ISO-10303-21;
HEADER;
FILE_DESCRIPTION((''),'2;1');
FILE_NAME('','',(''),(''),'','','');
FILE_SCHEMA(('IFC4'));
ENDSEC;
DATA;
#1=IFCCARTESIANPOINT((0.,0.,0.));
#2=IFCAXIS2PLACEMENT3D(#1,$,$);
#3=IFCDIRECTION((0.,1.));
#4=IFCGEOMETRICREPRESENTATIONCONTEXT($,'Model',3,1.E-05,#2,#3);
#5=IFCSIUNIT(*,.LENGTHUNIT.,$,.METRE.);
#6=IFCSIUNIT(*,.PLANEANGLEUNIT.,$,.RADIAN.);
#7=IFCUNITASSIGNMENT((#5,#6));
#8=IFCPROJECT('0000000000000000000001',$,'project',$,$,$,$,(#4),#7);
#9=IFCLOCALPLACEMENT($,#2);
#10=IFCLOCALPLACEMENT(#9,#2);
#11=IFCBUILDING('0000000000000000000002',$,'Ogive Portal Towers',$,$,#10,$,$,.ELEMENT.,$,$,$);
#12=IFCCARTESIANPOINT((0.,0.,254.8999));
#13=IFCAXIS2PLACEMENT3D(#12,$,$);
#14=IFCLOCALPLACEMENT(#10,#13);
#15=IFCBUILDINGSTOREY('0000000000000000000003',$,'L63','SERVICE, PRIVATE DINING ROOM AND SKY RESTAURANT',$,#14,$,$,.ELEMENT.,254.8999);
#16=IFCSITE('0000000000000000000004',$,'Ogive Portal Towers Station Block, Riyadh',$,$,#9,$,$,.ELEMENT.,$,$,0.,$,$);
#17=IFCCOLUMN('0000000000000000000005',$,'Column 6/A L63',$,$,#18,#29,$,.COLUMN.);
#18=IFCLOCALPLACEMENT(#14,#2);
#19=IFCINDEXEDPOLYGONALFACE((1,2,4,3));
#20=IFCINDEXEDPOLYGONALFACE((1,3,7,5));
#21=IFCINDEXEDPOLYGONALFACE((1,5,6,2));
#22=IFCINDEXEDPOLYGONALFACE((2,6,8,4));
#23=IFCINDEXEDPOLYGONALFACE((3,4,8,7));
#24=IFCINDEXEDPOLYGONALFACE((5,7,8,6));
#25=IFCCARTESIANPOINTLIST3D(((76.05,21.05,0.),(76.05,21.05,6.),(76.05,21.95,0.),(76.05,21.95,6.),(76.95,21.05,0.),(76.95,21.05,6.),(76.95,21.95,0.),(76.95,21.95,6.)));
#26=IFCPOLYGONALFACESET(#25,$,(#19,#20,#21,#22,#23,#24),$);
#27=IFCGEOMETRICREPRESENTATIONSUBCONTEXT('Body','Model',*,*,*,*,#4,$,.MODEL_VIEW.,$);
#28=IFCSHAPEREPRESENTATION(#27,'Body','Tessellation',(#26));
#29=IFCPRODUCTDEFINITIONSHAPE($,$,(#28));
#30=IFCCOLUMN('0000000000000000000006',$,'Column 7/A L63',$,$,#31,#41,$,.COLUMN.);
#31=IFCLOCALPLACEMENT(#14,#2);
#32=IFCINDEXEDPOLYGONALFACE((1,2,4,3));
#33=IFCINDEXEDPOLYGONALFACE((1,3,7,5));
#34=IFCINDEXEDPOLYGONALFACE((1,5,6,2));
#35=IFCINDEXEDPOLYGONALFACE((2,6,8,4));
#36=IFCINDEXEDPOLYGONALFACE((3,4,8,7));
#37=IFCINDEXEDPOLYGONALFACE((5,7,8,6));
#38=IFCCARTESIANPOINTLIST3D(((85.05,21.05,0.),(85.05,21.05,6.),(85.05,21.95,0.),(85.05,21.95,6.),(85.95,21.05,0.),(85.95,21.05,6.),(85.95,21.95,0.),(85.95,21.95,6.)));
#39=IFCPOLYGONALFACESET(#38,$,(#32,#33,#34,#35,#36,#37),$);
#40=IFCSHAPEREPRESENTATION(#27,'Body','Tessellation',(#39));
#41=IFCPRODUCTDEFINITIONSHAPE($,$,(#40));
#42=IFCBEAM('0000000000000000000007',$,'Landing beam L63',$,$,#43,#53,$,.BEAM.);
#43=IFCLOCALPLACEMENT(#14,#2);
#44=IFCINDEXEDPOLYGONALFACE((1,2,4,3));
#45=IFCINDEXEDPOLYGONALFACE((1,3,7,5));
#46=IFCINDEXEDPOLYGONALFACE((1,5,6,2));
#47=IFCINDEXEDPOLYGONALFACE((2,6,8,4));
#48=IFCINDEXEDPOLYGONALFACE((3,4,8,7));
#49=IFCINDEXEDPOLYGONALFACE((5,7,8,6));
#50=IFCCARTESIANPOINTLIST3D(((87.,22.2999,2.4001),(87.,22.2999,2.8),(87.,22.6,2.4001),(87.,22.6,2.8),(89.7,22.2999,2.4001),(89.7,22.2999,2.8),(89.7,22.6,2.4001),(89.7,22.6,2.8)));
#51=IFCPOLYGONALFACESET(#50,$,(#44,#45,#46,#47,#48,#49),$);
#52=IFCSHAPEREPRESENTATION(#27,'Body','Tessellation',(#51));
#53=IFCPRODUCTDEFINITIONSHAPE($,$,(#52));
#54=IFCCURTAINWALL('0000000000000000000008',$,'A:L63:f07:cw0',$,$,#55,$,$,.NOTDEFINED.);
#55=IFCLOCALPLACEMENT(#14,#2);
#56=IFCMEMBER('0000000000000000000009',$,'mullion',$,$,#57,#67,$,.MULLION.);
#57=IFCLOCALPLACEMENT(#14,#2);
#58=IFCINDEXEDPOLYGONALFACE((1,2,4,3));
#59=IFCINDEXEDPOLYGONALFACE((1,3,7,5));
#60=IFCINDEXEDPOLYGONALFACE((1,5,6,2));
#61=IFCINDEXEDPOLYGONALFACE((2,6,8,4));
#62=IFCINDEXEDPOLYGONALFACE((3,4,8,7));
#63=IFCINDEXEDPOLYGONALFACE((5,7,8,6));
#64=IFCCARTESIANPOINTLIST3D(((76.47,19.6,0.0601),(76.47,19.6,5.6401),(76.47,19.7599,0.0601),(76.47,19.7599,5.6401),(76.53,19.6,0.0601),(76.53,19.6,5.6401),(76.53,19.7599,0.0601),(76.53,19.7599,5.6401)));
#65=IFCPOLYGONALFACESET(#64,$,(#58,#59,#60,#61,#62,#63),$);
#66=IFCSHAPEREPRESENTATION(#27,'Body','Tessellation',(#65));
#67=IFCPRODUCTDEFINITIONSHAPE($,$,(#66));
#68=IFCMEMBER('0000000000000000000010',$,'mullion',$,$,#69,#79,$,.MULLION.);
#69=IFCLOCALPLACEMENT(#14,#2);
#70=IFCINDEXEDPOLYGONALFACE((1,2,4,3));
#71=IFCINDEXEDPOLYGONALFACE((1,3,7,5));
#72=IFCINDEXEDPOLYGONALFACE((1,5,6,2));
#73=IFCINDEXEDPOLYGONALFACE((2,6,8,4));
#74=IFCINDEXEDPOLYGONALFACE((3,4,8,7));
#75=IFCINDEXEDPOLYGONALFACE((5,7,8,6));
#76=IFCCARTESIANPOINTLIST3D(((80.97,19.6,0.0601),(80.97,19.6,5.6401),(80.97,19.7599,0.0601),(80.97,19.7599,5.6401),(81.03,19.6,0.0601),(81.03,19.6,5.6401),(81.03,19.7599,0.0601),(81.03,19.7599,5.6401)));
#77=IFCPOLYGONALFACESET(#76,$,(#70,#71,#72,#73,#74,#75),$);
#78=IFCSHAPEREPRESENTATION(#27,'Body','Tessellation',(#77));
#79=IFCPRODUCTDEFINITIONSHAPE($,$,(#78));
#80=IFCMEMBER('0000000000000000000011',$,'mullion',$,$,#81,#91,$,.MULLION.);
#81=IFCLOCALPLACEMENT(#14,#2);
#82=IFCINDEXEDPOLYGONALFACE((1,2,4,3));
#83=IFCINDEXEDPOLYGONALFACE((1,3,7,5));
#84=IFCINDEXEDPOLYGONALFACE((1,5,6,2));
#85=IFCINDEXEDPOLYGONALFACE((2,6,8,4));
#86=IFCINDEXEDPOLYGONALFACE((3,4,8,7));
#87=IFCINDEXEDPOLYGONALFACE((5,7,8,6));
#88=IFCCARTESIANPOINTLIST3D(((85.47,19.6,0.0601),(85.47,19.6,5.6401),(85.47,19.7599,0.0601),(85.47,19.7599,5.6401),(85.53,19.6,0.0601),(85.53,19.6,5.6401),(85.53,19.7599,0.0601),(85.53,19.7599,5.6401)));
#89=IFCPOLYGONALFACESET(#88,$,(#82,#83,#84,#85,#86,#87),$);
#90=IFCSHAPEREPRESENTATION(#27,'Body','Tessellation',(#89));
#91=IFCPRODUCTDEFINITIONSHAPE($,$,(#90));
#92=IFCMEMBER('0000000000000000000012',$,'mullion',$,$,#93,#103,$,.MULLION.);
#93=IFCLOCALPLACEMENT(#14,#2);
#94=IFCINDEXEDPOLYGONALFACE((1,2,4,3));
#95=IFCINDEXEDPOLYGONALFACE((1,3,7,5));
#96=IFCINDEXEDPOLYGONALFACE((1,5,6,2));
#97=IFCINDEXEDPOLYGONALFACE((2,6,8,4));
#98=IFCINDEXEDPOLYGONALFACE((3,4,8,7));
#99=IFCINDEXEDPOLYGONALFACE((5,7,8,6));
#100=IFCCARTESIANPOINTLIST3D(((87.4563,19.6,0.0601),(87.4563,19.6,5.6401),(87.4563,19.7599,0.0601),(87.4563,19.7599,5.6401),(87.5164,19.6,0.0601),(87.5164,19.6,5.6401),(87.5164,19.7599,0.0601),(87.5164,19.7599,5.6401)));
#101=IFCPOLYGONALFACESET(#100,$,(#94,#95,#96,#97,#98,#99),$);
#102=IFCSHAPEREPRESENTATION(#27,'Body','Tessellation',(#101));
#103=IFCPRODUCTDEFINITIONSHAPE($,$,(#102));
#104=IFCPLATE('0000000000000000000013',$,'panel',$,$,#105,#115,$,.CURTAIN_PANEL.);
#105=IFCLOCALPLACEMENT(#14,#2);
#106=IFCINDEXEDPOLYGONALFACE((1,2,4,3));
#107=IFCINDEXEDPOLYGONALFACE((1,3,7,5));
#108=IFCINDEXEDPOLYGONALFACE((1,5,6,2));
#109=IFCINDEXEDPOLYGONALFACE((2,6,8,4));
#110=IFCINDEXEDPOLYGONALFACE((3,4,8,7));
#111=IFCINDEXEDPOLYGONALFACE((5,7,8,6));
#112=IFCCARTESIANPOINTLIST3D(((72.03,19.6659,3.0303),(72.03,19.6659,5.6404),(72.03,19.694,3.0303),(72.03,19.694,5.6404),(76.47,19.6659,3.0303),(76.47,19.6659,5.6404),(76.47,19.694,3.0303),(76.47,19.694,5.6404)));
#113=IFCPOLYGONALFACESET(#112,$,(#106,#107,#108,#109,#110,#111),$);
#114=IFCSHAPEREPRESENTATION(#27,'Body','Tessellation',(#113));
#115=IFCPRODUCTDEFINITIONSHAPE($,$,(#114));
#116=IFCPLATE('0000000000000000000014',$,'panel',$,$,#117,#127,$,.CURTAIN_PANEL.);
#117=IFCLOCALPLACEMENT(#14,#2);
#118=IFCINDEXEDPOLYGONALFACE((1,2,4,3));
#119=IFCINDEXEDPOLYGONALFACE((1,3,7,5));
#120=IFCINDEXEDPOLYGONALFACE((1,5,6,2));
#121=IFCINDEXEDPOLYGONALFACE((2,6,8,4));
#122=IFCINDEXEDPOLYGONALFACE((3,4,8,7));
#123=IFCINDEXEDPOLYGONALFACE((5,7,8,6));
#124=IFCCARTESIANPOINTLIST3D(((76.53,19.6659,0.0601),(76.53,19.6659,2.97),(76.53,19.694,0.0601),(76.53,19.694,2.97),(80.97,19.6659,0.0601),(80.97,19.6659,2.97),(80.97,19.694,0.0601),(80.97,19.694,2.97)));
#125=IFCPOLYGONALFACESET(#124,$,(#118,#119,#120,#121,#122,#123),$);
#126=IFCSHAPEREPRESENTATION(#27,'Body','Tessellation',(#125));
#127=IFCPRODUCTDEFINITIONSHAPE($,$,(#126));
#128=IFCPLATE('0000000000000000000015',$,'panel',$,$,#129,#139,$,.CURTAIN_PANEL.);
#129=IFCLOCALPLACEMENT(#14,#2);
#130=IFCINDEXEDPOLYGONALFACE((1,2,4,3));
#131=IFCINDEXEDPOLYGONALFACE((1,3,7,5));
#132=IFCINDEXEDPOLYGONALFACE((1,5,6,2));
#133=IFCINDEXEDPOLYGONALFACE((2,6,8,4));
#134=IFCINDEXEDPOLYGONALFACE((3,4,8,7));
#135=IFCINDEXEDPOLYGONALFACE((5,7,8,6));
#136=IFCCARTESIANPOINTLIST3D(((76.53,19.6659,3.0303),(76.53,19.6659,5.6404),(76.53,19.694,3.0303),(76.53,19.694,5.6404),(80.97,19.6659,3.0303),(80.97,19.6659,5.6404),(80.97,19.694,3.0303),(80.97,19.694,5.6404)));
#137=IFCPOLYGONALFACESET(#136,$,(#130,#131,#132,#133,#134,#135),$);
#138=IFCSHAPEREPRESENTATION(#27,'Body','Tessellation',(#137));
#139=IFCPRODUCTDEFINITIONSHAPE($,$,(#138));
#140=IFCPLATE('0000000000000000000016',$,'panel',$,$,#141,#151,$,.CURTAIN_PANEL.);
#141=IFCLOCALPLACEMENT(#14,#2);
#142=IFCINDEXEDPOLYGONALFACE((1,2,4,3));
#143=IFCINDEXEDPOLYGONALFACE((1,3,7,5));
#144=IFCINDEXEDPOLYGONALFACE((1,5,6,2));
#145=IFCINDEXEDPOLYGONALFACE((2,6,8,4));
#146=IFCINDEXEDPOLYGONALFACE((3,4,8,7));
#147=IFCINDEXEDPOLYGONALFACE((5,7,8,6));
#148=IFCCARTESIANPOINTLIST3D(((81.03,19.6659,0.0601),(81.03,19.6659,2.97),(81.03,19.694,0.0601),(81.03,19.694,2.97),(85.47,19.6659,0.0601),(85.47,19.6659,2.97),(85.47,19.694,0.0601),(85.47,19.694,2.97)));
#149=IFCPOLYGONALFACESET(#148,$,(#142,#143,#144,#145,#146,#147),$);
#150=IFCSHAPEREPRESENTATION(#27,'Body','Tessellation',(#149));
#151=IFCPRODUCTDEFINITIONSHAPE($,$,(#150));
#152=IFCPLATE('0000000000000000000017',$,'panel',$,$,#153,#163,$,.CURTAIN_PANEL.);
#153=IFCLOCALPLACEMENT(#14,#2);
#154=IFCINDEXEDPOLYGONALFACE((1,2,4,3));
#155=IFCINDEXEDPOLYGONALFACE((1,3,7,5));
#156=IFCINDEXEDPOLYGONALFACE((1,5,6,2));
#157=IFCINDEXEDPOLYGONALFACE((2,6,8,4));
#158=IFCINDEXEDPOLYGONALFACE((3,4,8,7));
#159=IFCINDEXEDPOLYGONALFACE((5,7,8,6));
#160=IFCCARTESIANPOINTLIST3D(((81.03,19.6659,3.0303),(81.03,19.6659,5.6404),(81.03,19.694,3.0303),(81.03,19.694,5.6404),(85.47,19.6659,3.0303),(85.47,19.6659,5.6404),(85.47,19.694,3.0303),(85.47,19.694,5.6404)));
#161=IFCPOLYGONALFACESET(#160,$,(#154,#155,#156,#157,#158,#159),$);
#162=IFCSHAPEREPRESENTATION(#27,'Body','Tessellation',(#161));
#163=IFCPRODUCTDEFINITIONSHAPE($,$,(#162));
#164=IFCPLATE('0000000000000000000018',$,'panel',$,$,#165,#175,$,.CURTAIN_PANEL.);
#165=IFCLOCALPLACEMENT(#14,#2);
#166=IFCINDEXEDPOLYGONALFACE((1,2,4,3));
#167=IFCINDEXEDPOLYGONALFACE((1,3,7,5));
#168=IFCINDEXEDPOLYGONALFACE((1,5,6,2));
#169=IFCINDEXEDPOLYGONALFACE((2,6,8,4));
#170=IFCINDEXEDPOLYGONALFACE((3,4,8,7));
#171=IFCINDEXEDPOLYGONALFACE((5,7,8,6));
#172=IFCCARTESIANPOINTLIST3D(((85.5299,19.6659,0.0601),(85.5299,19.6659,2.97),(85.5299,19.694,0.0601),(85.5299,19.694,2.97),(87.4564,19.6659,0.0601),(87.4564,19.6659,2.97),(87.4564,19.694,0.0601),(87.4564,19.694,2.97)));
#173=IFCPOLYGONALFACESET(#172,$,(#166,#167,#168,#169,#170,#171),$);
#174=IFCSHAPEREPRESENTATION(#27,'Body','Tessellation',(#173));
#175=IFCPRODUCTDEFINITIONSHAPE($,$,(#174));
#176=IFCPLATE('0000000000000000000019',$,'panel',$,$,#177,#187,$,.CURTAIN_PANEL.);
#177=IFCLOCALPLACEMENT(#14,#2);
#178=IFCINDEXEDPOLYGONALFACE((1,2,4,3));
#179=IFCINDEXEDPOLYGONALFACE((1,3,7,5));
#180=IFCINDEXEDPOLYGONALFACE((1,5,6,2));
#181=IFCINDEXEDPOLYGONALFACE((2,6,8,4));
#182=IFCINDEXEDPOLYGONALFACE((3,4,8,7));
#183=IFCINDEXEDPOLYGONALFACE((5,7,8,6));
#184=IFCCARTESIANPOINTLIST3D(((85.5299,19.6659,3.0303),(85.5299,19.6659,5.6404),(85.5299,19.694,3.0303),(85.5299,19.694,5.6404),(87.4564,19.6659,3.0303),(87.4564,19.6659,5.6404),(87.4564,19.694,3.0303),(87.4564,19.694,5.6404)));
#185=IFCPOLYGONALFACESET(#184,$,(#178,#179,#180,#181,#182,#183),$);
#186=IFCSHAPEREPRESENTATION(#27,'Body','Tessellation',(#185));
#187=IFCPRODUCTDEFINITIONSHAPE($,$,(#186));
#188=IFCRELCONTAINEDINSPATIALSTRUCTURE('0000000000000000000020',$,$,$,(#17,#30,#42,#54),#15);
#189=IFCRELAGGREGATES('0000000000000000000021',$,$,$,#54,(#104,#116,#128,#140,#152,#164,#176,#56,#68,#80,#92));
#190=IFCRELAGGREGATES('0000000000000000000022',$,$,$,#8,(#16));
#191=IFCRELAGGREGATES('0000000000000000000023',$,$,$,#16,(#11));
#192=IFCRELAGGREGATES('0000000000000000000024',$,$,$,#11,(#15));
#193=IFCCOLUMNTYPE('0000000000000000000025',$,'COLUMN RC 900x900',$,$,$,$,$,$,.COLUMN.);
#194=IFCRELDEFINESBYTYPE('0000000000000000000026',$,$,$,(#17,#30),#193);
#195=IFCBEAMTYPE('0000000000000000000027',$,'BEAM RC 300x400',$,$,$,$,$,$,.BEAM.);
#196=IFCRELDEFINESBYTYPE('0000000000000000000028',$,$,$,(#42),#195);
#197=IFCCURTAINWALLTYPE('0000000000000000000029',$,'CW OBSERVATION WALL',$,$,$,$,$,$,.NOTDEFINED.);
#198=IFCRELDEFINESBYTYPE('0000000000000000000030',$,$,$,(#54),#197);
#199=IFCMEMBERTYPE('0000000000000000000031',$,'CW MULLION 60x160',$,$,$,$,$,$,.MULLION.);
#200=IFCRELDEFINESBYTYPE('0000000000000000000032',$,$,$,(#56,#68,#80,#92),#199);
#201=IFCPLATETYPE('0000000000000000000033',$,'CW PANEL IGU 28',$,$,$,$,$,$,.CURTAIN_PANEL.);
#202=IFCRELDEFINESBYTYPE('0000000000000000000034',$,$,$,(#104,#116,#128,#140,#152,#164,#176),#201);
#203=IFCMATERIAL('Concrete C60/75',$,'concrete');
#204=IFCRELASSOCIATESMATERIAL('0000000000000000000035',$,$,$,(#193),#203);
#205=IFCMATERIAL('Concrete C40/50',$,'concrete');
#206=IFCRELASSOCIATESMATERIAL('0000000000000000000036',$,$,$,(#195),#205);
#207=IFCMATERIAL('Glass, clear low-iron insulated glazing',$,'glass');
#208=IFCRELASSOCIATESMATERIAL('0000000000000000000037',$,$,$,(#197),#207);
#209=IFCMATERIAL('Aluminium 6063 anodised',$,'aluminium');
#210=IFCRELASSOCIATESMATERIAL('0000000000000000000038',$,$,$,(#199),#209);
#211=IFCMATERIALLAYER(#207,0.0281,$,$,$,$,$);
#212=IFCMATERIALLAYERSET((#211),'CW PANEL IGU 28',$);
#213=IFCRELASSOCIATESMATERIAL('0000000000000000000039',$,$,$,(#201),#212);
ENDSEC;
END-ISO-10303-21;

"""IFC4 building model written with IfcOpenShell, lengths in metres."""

from ifc_helpers import new_model, si_unit, direction, frame, origin, origin_2d, place, context, subcontext, project, spatial, rectangle, extrude, material, layer, layer_set, material_profile, profile_set, type_object, element, aggregate, save


model = new_model("IFC4")

# Units and contexts
model_context = context("Model", 3, precision=1e-05, world=origin(), true_north=direction((0.0, 1.0)))
body_context = subcontext(model_context, "Body", "Model", "MODEL_VIEW")
ifc_project = project(units=[si_unit("LENGTHUNIT", "METRE"), si_unit("PLANEANGLEUNIT", "RADIAN")], contexts=[model_context])

# Site, building, storey
site_placement = place(None, origin())
site = spatial("IfcSite", under=ifc_project, at=site_placement, Name="Ogive Portal Towers Station Block, Riyadh", CompositionType="ELEMENT", RefElevation=0.0)
building_placement = place(site_placement, origin())
building = spatial("IfcBuilding", under=site, at=building_placement, Name="Ogive Portal Towers", CompositionType="ELEMENT")
storey_placement = place(building_placement, frame((0.0, 0.0, 254.8999)))
storey = spatial("IfcBuildingStorey", under=building, at=storey_placement, Name="L63", Description="SERVICE, PRIVATE DINING ROOM AND SKY RESTAURANT", CompositionType="ELEMENT", Elevation=254.8999)

# Columns
ifc_material_1 = material(Name="Concrete C60/75", Category="concrete")
ifc_material_profile_1 = material_profile(ifc_material_1, rectangle(XDim=0.8999, YDim=0.8999, at=origin_2d()), Name="RC 900x900")
ifc_profile_set_1 = profile_set([ifc_material_profile_1], Name="Concrete C60/75")
column_type = type_object("IfcColumnType", Name="COLUMN RC 900x900", PredefinedType="COLUMN", material=ifc_profile_set_1)
for number, where, z_axis, x_axis, name in (
    (1, (76.5, 21.5, 0.0), (0.0, 0.0, 1.0), (1.0, 0.0, 0.0), "Column 6/A L63"),
    (2, (85.5, 21.5, 0.0), (0.0, 0.0, 1.0), (1.0, 0.0, 0.0), "Column 7/A L63"),
):
    element("IfcColumn", number, at=place(storey_placement, frame(where, z_axis=z_axis, x_axis=x_axis)), inside=storey, type_object=column_type, Name=name, PredefinedType="COLUMN", context=body_context, shape_type="SweptSolid", body=[
        extrude(rectangle(XDim=0.8999, YDim=0.8999, at=origin_2d()), origin(), (0.0, 0.0, 1.0), 6.0),
    ])

# Beam
ifc_material_2 = material(Name="Concrete C40/50", Category="concrete")
ifc_material_profile_2 = material_profile(ifc_material_2, rectangle(XDim=0.3, YDim=0.3999, at=origin_2d()), Name="RC 300x400")
ifc_profile_set_2 = profile_set([ifc_material_profile_2], Name="Concrete C40/50")
beam_type = type_object("IfcBeamType", Name="BEAM RC 300x400", PredefinedType="BEAM", material=ifc_profile_set_2)
beam_placement = place(storey_placement, frame((87.0, 22.45, 2.6001), z_axis=(1.0, 0.0, 0.0), x_axis=(0.0, 1.0, 0.0)))
element("IfcBeam", 3, at=beam_placement, inside=storey, type_object=beam_type, Name="Landing beam L63", PredefinedType="BEAM", context=body_context, shape_type="SweptSolid", body=[
    extrude(rectangle(XDim=0.3, YDim=0.3999, at=origin_2d()), origin(), (0.0, 0.0, 1.0), 2.7),
])

# Curtain wall, members, plates
ifc_material_3 = material(Name="Glass, clear low-iron insulated glazing", Category="glass")
curtain_wall_type = type_object("IfcCurtainWallType", Name="CW OBSERVATION WALL", PredefinedType="NOTDEFINED", material=ifc_material_3)
curtain_wall_placement = place(storey_placement, origin())
curtain_wall = element("IfcCurtainWall", 4, at=curtain_wall_placement, inside=storey, type_object=curtain_wall_type, Name="A:L63:f07:cw0", PredefinedType="NOTDEFINED")
ifc_material_4 = material(Name="Aluminium 6063 anodised", Category="aluminium")
ifc_material_profile_3 = material_profile(ifc_material_4, rectangle(XDim=0.1599, YDim=0.0601, at=origin_2d()), Name="AL 60x160")
ifc_profile_set_3 = profile_set([ifc_material_profile_3], Name="Aluminium 6063 anodised")
member_type = type_object("IfcMemberType", Name="CW MULLION 60x160", PredefinedType="MULLION", material=ifc_profile_set_3)
member_1_placement = place(storey_placement, frame((76.5, 19.6799, 0.0601), z_axis=(0.0, 0.0, 1.0), x_axis=(0.0, 1.0, 0.0)))
member_1 = element("IfcMember", 5, at=member_1_placement, type_object=member_type, Name="mullion", PredefinedType="MULLION", context=body_context, shape_type="SweptSolid", body=[
    extrude(rectangle(XDim=0.1599, YDim=0.0601, at=origin_2d()), origin(), (0.0, 0.0, 1.0), 5.5801),
])
member_2_placement = place(storey_placement, frame((81.0, 19.6799, 0.0601), z_axis=(0.0, 0.0, 1.0), x_axis=(0.0, 1.0, 0.0)))
member_2 = element("IfcMember", 6, at=member_2_placement, type_object=member_type, Name="mullion", PredefinedType="MULLION", context=body_context, shape_type="SweptSolid", body=[
    extrude(rectangle(XDim=0.1599, YDim=0.0601, at=origin_2d()), origin(), (0.0, 0.0, 1.0), 5.5801),
])
member_3_placement = place(storey_placement, frame((85.5, 19.6799, 0.0601), z_axis=(0.0, 0.0, 1.0), x_axis=(0.0, 1.0, 0.0)))
member_3 = element("IfcMember", 7, at=member_3_placement, type_object=member_type, Name="mullion", PredefinedType="MULLION", context=body_context, shape_type="SweptSolid", body=[
    extrude(rectangle(XDim=0.1599, YDim=0.0601, at=origin_2d()), origin(), (0.0, 0.0, 1.0), 5.5801),
])
member_4_placement = place(storey_placement, frame((87.4863, 19.6799, 0.0601), z_axis=(0.0, 0.0, 1.0), x_axis=(0.0, 1.0, 0.0)))
member_4 = element("IfcMember", 8, at=member_4_placement, type_object=member_type, Name="mullion", PredefinedType="MULLION", context=body_context, shape_type="SweptSolid", body=[
    extrude(rectangle(XDim=0.1599, YDim=0.0601, at=origin_2d()), origin(), (0.0, 0.0, 1.0), 5.5801),
])
ifc_layer_1 = layer(ifc_material_3, 0.0281)
ifc_layer_set_1 = layer_set([ifc_layer_1], Name="CW PANEL IGU 28")
plate_type = type_object("IfcPlateType", Name="CW PANEL IGU 28", PredefinedType="CURTAIN_PANEL", material=ifc_layer_set_1)
plate_1_placement = place(storey_placement, frame((74.25, 19.6799, 3.0303), z_axis=(0.0, 0.0, 1.0), x_axis=(1.0, 0.0, 0.0)))
plate_1 = element("IfcPlate", 9, at=plate_1_placement, type_object=plate_type, Name="panel", PredefinedType="CURTAIN_PANEL", context=body_context, shape_type="SweptSolid", body=[
    extrude(rectangle(XDim=4.4399, YDim=0.0281, at=origin_2d()), origin(), (0.0, 0.0, 1.0), 2.6101),
])
plate_2_placement = place(storey_placement, frame((78.75, 19.6799, 0.0601), z_axis=(0.0, 0.0, 1.0), x_axis=(1.0, 0.0, 0.0)))
plate_2 = element("IfcPlate", 10, at=plate_2_placement, type_object=plate_type, Name="panel", PredefinedType="CURTAIN_PANEL", context=body_context, shape_type="SweptSolid", body=[
    extrude(rectangle(XDim=4.4399, YDim=0.0281, at=origin_2d()), origin(), (0.0, 0.0, 1.0), 2.9099),
])
plate_3_placement = place(storey_placement, frame((78.75, 19.6799, 3.0303), z_axis=(0.0, 0.0, 1.0), x_axis=(1.0, 0.0, 0.0)))
plate_3 = element("IfcPlate", 11, at=plate_3_placement, type_object=plate_type, Name="panel", PredefinedType="CURTAIN_PANEL", context=body_context, shape_type="SweptSolid", body=[
    extrude(rectangle(XDim=4.4399, YDim=0.0281, at=origin_2d()), origin(), (0.0, 0.0, 1.0), 2.6101),
])
plate_4_placement = place(storey_placement, frame((83.25, 19.6799, 0.0601), z_axis=(0.0, 0.0, 1.0), x_axis=(1.0, 0.0, 0.0)))
plate_4 = element("IfcPlate", 12, at=plate_4_placement, type_object=plate_type, Name="panel", PredefinedType="CURTAIN_PANEL", context=body_context, shape_type="SweptSolid", body=[
    extrude(rectangle(XDim=4.4399, YDim=0.0281, at=origin_2d()), origin(), (0.0, 0.0, 1.0), 2.9099),
])
plate_5_placement = place(storey_placement, frame((83.25, 19.6799, 3.0303), z_axis=(0.0, 0.0, 1.0), x_axis=(1.0, 0.0, 0.0)))
plate_5 = element("IfcPlate", 13, at=plate_5_placement, type_object=plate_type, Name="panel", PredefinedType="CURTAIN_PANEL", context=body_context, shape_type="SweptSolid", body=[
    extrude(rectangle(XDim=4.4399, YDim=0.0281, at=origin_2d()), origin(), (0.0, 0.0, 1.0), 2.6101),
])
plate_6_placement = place(storey_placement, frame((86.4932, 19.6799, 0.0601), z_axis=(0.0, 0.0, 1.0), x_axis=(1.0, 0.0, 0.0)))
plate_6 = element("IfcPlate", 14, at=plate_6_placement, type_object=plate_type, Name="panel", PredefinedType="CURTAIN_PANEL", context=body_context, shape_type="SweptSolid", body=[
    extrude(rectangle(XDim=1.9265, YDim=0.0281, at=origin_2d()), origin(), (0.0, 0.0, 1.0), 2.9099),
])
plate_7_placement = place(storey_placement, frame((86.4932, 19.6799, 3.0303), z_axis=(0.0, 0.0, 1.0), x_axis=(1.0, 0.0, 0.0)))
plate_7 = element("IfcPlate", 15, at=plate_7_placement, type_object=plate_type, Name="panel", PredefinedType="CURTAIN_PANEL", context=body_context, shape_type="SweptSolid", body=[
    extrude(rectangle(XDim=1.9265, YDim=0.0281, at=origin_2d()), origin(), (0.0, 0.0, 1.0), 2.6101),
])
aggregate(curtain_wall, [plate_1, plate_2, plate_3, plate_4, plate_5, plate_6, plate_7, member_1, member_2, member_3, member_4])

save(model, "model.ifc")
